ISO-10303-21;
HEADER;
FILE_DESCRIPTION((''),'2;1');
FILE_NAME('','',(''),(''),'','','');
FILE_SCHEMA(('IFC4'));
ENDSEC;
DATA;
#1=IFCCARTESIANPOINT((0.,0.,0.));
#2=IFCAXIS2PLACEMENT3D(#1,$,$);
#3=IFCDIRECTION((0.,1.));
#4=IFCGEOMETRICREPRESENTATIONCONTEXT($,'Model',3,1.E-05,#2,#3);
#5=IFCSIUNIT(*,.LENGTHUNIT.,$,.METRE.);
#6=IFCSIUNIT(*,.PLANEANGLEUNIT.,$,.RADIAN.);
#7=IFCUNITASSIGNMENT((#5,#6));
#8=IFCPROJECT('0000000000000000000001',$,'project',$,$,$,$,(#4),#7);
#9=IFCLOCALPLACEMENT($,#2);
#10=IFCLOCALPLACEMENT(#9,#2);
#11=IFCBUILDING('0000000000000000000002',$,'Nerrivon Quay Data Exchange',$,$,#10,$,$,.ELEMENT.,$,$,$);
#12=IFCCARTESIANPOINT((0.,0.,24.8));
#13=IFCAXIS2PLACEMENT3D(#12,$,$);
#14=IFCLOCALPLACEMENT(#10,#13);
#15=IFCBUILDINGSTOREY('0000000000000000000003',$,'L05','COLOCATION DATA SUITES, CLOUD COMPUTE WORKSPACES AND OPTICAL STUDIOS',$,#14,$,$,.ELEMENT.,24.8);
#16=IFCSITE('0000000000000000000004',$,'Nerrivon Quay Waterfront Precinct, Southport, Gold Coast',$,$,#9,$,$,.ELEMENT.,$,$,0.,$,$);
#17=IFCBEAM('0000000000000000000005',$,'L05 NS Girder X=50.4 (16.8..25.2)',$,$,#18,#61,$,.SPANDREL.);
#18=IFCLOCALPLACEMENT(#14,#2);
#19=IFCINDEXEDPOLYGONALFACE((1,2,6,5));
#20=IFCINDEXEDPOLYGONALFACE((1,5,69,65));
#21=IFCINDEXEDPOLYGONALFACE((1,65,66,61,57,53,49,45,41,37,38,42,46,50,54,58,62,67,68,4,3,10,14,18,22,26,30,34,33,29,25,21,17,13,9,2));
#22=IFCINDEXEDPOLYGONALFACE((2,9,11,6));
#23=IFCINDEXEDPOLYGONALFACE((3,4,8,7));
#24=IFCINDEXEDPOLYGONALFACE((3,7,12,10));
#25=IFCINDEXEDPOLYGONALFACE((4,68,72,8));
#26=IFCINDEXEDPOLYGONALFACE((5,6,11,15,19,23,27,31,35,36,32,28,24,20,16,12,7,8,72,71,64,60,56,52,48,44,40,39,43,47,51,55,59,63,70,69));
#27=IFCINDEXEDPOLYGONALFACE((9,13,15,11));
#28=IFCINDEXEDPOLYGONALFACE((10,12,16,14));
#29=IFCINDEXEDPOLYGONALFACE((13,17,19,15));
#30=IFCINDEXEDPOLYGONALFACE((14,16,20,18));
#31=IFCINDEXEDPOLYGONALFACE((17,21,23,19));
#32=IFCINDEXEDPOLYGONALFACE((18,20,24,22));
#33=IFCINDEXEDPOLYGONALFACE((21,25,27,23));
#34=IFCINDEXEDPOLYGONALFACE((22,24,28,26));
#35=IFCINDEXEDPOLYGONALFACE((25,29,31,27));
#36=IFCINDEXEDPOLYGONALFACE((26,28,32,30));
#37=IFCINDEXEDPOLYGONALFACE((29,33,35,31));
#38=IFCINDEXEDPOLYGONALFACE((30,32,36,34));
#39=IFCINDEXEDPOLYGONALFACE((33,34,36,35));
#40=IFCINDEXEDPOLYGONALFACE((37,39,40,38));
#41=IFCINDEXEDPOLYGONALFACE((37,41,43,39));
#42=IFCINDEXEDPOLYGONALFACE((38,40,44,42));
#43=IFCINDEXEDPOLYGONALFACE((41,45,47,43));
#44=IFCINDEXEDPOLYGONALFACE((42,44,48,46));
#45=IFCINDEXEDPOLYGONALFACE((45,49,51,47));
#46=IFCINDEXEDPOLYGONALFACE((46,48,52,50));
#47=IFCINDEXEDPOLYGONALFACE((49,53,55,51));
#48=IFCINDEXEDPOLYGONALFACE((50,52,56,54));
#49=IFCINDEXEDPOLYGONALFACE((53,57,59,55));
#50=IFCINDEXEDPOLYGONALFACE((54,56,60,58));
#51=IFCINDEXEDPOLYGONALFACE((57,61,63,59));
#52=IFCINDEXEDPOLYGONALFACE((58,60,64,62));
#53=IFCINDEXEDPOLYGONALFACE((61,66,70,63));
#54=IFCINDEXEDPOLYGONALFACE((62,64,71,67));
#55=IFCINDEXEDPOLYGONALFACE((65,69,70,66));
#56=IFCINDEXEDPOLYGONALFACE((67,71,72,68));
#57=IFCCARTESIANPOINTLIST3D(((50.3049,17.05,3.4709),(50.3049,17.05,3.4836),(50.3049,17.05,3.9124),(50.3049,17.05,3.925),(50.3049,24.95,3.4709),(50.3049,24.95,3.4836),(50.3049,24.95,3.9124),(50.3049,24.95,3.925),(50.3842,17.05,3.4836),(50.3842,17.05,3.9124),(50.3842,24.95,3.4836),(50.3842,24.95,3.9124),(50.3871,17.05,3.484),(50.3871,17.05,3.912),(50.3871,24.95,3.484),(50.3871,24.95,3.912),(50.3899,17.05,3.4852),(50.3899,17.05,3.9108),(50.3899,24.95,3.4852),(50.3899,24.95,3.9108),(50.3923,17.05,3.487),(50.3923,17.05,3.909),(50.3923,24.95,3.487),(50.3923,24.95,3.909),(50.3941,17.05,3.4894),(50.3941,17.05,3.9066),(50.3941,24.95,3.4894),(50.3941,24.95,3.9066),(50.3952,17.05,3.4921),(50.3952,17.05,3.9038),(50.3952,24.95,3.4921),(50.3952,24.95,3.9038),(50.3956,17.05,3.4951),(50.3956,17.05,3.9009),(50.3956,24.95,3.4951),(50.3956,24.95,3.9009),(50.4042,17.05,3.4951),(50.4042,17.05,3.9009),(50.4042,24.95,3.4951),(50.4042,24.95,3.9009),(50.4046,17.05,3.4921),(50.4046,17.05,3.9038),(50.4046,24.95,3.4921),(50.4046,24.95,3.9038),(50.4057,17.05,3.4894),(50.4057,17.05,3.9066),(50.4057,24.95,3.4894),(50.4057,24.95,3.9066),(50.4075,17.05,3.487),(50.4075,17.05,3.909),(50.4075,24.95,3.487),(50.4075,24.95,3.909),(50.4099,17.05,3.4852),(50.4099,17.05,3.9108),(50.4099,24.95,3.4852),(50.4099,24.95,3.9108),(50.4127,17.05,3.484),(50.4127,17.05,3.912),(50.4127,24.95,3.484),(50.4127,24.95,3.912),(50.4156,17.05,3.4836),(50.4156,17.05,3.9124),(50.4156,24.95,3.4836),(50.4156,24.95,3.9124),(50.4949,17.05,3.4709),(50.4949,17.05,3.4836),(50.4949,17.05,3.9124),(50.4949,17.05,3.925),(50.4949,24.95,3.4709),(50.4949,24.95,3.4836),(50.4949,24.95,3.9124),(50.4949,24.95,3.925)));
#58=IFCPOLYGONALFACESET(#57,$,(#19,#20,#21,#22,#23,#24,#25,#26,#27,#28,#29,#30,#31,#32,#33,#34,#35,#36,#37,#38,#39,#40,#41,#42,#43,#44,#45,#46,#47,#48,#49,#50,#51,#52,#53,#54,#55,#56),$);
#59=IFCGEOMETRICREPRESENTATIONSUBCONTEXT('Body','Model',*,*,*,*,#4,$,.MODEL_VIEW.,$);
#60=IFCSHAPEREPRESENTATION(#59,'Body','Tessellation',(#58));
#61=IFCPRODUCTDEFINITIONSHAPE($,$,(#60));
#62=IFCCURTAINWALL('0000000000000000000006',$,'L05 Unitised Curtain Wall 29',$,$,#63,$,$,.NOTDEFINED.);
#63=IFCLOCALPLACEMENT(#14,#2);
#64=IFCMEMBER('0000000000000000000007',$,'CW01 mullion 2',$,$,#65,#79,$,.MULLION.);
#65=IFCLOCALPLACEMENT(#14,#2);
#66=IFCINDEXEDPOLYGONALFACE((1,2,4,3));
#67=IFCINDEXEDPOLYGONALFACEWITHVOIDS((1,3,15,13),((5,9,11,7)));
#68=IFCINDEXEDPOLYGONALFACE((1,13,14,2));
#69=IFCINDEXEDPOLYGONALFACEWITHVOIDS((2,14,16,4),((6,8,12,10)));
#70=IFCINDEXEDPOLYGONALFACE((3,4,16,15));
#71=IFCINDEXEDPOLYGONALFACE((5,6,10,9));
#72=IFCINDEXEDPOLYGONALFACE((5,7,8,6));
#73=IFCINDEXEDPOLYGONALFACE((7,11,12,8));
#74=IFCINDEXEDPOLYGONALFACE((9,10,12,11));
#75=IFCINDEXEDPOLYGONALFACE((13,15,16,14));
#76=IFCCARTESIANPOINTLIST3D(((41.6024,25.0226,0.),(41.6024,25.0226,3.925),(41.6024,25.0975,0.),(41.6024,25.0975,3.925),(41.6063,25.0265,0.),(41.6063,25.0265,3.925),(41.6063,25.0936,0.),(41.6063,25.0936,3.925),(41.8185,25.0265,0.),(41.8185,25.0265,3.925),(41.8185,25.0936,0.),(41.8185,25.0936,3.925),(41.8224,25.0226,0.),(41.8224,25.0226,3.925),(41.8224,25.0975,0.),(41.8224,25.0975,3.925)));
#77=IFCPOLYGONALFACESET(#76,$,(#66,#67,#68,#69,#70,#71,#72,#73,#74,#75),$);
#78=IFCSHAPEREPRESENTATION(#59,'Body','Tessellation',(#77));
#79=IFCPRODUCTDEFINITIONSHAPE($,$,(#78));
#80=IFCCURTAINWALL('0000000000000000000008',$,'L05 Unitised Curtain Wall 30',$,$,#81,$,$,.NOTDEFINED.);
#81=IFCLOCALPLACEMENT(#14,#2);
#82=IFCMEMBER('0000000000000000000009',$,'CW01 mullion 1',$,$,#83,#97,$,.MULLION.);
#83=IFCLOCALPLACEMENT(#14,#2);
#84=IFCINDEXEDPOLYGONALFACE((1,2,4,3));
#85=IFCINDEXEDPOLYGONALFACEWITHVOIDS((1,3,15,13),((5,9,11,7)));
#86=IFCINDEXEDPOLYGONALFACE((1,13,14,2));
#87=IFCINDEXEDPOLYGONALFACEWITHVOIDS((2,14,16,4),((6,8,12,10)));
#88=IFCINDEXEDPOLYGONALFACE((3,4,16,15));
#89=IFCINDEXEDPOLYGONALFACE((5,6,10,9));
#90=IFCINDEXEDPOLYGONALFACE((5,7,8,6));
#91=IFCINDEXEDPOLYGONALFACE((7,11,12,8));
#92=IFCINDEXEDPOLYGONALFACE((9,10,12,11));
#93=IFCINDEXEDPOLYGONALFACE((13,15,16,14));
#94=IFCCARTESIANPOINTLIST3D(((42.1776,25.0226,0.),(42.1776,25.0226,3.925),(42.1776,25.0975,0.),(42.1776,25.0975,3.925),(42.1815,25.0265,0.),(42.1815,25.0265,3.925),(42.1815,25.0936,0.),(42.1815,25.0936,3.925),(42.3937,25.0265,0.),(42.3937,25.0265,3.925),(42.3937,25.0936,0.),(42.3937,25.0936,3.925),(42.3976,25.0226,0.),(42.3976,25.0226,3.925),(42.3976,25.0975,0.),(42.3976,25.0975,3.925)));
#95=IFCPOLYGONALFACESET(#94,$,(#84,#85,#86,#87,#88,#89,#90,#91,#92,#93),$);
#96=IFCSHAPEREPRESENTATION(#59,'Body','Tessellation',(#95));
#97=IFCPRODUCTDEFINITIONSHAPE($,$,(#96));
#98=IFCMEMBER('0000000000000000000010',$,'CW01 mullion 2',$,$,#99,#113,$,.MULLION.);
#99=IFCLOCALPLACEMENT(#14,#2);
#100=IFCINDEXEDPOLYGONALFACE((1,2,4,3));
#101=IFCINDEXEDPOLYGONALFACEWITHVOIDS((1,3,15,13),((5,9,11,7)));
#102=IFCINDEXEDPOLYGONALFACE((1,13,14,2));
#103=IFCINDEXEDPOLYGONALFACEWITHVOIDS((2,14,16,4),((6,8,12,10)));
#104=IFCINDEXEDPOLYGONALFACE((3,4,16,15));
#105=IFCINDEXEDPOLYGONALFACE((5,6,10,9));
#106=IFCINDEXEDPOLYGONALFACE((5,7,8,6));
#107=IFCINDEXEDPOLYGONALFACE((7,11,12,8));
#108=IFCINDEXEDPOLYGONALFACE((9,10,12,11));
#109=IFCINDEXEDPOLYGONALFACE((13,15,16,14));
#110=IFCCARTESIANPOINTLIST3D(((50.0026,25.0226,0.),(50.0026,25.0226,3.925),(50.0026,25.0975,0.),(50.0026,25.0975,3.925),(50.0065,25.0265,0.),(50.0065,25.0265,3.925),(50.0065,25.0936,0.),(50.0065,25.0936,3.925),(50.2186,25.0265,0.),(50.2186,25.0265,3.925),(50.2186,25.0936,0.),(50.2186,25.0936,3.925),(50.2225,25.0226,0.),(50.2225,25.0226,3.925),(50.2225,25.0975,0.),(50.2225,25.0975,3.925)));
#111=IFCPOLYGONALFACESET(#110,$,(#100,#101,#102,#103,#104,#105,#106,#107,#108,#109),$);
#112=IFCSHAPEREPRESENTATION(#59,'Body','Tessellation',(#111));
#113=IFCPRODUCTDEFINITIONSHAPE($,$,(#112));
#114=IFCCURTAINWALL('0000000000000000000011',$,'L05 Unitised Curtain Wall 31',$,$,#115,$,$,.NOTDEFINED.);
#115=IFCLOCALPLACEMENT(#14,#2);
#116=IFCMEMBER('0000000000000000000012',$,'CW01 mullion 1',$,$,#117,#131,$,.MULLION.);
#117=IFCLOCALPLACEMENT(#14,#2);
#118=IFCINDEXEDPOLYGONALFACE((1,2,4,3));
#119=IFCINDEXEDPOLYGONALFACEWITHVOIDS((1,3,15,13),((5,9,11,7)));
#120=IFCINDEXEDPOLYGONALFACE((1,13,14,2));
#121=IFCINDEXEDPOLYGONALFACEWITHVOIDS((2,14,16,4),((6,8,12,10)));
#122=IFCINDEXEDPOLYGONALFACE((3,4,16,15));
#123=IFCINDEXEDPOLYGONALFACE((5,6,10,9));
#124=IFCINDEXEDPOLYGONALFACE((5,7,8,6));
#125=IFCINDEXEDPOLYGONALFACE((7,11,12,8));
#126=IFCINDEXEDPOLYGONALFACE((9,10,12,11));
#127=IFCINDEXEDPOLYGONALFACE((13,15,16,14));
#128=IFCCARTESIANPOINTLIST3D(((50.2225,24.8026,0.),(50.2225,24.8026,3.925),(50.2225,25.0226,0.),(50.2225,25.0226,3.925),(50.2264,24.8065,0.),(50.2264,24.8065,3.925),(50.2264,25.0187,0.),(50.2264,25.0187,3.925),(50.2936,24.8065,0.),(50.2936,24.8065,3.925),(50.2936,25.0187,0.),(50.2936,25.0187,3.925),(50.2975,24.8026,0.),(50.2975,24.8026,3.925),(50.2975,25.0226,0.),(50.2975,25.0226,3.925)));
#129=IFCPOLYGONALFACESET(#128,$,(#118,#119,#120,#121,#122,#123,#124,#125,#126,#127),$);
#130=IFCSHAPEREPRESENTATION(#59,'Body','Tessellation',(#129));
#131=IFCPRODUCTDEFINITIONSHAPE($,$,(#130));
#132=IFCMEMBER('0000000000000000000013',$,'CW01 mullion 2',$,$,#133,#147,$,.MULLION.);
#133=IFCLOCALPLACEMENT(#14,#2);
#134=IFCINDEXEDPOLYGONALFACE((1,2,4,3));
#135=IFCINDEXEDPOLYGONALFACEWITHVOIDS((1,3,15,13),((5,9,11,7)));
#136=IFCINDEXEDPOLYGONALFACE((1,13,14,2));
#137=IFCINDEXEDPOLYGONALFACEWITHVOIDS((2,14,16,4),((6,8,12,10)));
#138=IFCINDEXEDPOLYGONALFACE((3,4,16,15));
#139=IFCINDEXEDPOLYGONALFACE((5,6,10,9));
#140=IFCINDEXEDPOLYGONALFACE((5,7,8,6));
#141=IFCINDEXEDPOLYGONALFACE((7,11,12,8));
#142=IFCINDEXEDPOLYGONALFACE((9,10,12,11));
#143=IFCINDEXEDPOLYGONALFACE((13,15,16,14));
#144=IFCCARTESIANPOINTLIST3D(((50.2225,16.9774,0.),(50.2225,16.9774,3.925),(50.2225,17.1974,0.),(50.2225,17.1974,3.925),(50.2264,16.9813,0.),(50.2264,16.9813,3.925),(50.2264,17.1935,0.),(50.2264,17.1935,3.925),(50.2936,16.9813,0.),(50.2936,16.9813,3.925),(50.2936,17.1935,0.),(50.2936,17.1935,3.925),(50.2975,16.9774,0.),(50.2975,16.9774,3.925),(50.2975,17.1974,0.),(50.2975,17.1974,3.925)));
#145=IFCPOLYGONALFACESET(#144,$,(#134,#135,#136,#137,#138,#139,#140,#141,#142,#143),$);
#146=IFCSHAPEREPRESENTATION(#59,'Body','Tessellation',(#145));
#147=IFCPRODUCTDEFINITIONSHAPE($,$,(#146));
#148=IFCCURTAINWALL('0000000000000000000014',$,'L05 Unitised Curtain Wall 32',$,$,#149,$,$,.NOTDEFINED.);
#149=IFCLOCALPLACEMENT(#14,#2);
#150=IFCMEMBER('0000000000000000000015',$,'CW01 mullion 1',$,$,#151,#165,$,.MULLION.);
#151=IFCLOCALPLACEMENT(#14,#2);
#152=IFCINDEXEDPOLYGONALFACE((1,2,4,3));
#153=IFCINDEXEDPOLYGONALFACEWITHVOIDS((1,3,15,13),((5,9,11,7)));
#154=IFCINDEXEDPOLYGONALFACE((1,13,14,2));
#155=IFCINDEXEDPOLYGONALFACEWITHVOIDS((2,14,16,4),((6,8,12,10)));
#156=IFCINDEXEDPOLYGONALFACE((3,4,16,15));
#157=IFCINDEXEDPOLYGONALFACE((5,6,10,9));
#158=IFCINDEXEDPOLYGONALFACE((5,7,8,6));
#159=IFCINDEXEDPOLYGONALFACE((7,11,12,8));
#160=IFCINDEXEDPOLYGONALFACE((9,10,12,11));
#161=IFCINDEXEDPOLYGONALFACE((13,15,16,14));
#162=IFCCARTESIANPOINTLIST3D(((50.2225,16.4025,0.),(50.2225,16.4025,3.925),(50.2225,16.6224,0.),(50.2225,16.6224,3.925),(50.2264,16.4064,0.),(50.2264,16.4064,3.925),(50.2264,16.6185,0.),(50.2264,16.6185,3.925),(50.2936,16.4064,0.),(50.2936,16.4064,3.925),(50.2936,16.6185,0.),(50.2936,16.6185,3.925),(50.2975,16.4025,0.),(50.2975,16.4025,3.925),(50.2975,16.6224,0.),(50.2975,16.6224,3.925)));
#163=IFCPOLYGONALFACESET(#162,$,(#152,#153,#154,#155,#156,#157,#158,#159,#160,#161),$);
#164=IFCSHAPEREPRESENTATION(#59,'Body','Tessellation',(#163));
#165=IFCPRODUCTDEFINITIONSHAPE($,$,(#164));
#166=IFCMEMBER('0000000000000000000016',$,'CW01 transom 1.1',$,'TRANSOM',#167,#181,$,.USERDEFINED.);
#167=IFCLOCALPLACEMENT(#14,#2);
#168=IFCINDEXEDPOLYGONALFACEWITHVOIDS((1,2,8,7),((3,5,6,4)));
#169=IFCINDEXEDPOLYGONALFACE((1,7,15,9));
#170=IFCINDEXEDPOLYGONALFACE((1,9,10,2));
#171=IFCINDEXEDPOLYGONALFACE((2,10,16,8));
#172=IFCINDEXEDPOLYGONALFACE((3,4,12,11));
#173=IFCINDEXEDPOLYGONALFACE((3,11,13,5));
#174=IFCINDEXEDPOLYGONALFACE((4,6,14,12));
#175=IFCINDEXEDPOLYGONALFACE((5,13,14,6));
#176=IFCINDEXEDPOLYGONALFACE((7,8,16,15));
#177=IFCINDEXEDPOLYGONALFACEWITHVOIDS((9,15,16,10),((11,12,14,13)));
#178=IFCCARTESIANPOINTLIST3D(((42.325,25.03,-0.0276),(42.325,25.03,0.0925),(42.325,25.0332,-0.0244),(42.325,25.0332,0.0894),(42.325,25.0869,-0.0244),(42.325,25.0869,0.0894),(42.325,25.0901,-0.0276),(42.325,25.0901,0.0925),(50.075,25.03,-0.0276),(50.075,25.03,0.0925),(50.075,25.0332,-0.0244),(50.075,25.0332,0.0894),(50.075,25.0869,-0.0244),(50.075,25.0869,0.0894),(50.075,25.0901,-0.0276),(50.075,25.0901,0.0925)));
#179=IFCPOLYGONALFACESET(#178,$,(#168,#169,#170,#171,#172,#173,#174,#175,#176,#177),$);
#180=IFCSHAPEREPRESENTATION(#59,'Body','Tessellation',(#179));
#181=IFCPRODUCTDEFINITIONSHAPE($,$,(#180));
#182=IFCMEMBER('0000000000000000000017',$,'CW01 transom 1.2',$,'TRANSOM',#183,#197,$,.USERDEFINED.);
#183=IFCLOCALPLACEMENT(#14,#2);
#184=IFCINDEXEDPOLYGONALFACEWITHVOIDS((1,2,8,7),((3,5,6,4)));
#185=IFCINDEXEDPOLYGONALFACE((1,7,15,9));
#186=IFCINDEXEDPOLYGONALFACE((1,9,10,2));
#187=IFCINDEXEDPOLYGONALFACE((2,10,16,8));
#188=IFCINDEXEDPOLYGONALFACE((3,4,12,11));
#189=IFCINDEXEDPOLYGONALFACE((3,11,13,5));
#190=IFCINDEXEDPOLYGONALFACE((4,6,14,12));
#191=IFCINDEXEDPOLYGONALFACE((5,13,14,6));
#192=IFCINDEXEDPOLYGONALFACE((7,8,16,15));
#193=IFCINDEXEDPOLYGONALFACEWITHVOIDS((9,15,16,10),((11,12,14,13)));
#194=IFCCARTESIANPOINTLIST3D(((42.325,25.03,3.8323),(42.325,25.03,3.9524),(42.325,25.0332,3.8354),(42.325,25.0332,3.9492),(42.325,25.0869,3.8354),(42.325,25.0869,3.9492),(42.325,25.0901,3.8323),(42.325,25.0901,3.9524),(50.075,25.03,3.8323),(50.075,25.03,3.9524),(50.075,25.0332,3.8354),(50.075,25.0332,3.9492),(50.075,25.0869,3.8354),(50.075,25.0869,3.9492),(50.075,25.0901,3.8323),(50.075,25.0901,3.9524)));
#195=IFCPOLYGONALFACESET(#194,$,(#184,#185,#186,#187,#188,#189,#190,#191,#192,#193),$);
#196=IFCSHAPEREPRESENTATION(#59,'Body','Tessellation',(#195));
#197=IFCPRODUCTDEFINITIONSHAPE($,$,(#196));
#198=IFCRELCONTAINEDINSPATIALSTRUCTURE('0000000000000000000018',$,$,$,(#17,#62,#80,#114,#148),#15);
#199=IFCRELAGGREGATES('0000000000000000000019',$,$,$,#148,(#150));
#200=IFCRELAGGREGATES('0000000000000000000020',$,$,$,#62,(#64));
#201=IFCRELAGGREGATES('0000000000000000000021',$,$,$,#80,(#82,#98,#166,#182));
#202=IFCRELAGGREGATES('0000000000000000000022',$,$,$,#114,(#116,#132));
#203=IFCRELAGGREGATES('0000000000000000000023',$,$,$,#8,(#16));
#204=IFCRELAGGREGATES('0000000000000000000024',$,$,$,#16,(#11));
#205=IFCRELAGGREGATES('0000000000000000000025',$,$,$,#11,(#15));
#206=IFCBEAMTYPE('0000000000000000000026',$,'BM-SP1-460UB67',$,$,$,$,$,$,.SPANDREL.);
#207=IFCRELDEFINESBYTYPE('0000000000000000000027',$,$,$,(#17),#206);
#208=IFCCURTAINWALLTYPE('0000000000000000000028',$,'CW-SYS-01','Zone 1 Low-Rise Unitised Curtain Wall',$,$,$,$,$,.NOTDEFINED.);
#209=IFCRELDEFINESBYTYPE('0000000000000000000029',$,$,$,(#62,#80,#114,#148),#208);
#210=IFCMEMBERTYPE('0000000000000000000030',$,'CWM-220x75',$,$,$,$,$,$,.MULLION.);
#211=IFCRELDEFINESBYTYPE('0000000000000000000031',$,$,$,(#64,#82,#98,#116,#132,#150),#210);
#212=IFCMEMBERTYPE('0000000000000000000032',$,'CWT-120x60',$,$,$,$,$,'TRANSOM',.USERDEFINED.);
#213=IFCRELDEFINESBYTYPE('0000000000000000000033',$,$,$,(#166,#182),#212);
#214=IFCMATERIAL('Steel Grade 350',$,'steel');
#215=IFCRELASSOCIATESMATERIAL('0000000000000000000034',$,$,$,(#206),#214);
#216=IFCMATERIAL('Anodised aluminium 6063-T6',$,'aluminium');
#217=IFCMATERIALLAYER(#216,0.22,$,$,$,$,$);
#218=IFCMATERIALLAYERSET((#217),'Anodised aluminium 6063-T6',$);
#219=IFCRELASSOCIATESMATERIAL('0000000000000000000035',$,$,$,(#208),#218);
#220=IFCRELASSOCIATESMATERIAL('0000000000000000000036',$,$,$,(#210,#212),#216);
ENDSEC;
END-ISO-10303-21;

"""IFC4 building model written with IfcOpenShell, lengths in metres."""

from ifc_helpers import new_model, si_unit, direction, frame, origin, origin_2d, place, context, subcontext, project, spatial, hollow_rectangle, i_section, extrude, material, layer, layer_set, material_profile, profile_set, type_object, element, aggregate, save


model = new_model("IFC4")

# Units and contexts
model_context = context("Model", 3, precision=1e-05, world=origin(), true_north=direction((0.0, 1.0)))
body_context = subcontext(model_context, "Body", "Model", "MODEL_VIEW")
ifc_project = project(units=[si_unit("LENGTHUNIT", "METRE"), si_unit("PLANEANGLEUNIT", "RADIAN")], contexts=[model_context])

# Site, building, storey
site_placement = place(None, origin())
site = spatial("IfcSite", under=ifc_project, at=site_placement, Name="Nerrivon Quay Waterfront Precinct, Southport, Gold Coast", CompositionType="ELEMENT", RefElevation=0.0)
building_placement = place(site_placement, origin())
building = spatial("IfcBuilding", under=site, at=building_placement, Name="Nerrivon Quay Data Exchange", CompositionType="ELEMENT")
storey_placement = place(building_placement, frame((0.0, 0.0, 24.8)))
storey = spatial("IfcBuildingStorey", under=building, at=storey_placement, Name="L05", Description="COLOCATION DATA SUITES, CLOUD COMPUTE WORKSPACES AND OPTICAL STUDIOS", CompositionType="ELEMENT", Elevation=24.8)

# Shared definitions
ifc_material_1 = material(Name="Steel Grade 350", Category="steel")

# Beam
ifc_material_profile_1 = material_profile(ifc_material_1, i_section(OverallWidth=0.1899, OverallDepth=0.4541, WebThickness=0.0085, FlangeThickness=0.0127, FilletRadius=0.0115, at=origin_2d()), Name="460UB67.1")
ifc_profile_set_1 = profile_set([ifc_material_profile_1], Name="Steel Grade 350")
beam_type_1 = type_object("IfcBeamType", Name="BM-SP1-460UB67", PredefinedType="SPANDREL", material=ifc_profile_set_1)
beam_1_placement = place(storey_placement, frame((50.3999, 17.05, 3.698), z_axis=(0.0, 1.0, 0.0), x_axis=(-1.0, 0.0, 0.0)))
element("IfcBeam", 1, at=beam_1_placement, inside=storey, type_object=beam_type_1, Name="L05 NS Girder X=50.4 (16.8..25.2)", PredefinedType="SPANDREL", context=body_context, shape_type="SweptSolid", body=[
    extrude(i_section(OverallWidth=0.1899, OverallDepth=0.4541, WebThickness=0.0085, FlangeThickness=0.0127, FilletRadius=0.0115, at=origin_2d()), origin(), (0.0, 0.0, 1.0), 7.8999),
])

# Curtain wall, member
ifc_material_2 = material(Name="Anodised aluminium 6063-T6", Category="aluminium")
ifc_layer_1 = layer(ifc_material_2, 0.22)
ifc_layer_set_1 = layer_set([ifc_layer_1], Name="Anodised aluminium 6063-T6")
curtain_wall_type = type_object("IfcCurtainWallType", Name="CW-SYS-01", Description="Zone 1 Low-Rise Unitised Curtain Wall", PredefinedType="NOTDEFINED", material=ifc_layer_set_1)
curtain_wall_1_placement = place(storey_placement, origin())
curtain_wall_1 = element("IfcCurtainWall", 2, at=curtain_wall_1_placement, inside=storey, type_object=curtain_wall_type, Name="L05 Unitised Curtain Wall 29", PredefinedType="NOTDEFINED")
ifc_material_profile_2 = material_profile(ifc_material_2, hollow_rectangle(XDim=0.075, YDim=0.22, WallThickness=0.0039, at=origin_2d()), Name="ALU-MULL-220x75")
ifc_profile_set_2 = profile_set([ifc_material_profile_2], Name="Anodised aluminium 6063-T6")
member_type_1 = type_object("IfcMemberType", Name="CWM-220x75", PredefinedType="MULLION", material=ifc_profile_set_2)
member_1_placement = place(storey_placement, frame((41.7124, 25.0601, 0.0), z_axis=(0.0, 0.0, 1.0), x_axis=(0.0, 1.0, 0.0)))
member_1 = element("IfcMember", 3, at=member_1_placement, type_object=member_type_1, Name="CW01 mullion 2", PredefinedType="MULLION", context=body_context, shape_type="SweptSolid", body=[
    extrude(hollow_rectangle(XDim=0.075, YDim=0.22, WallThickness=0.0039, at=origin_2d()), origin(), (0.0, 0.0, 1.0), 3.925),
])

# Curtain walls, members
curtain_wall_2_placement = place(storey_placement, origin())
curtain_wall_2 = element("IfcCurtainWall", 4, at=curtain_wall_2_placement, inside=storey, type_object=curtain_wall_type, Name="L05 Unitised Curtain Wall 30", PredefinedType="NOTDEFINED")
member_2_placement = place(storey_placement, frame((42.2876, 25.0601, 0.0), z_axis=(0.0, 0.0, 1.0), x_axis=(0.0, 1.0, 0.0)))
member_2 = element("IfcMember", 5, at=member_2_placement, type_object=member_type_1, Name="CW01 mullion 1", PredefinedType="MULLION", context=body_context, shape_type="SweptSolid", body=[
    extrude(hollow_rectangle(XDim=0.075, YDim=0.22, WallThickness=0.0039, at=origin_2d()), origin(), (0.0, 0.0, 1.0), 3.925),
])
member_3_placement = place(storey_placement, frame((50.1125, 25.0601, 0.0), z_axis=(0.0, 0.0, 1.0), x_axis=(0.0, 1.0, 0.0)))
member_3 = element("IfcMember", 6, at=member_3_placement, type_object=member_type_1, Name="CW01 mullion 2", PredefinedType="MULLION", context=body_context, shape_type="SweptSolid", body=[
    extrude(hollow_rectangle(XDim=0.075, YDim=0.22, WallThickness=0.0039, at=origin_2d()), origin(), (0.0, 0.0, 1.0), 3.925),
])
curtain_wall_3_placement = place(storey_placement, origin())
curtain_wall_3 = element("IfcCurtainWall", 7, at=curtain_wall_3_placement, inside=storey, type_object=curtain_wall_type, Name="L05 Unitised Curtain Wall 31", PredefinedType="NOTDEFINED")
member_4_placement = place(storey_placement, frame((50.26, 24.9126, 0.0), z_axis=(0.0, 0.0, 1.0), x_axis=(1.0, 0.0, 0.0)))
member_4 = element("IfcMember", 8, at=member_4_placement, type_object=member_type_1, Name="CW01 mullion 1", PredefinedType="MULLION", context=body_context, shape_type="SweptSolid", body=[
    extrude(hollow_rectangle(XDim=0.075, YDim=0.22, WallThickness=0.0039, at=origin_2d()), origin(), (0.0, 0.0, 1.0), 3.925),
])
member_5_placement = place(storey_placement, frame((50.26, 17.0874, 0.0), z_axis=(0.0, 0.0, 1.0), x_axis=(1.0, 0.0, 0.0)))
member_5 = element("IfcMember", 9, at=member_5_placement, type_object=member_type_1, Name="CW01 mullion 2", PredefinedType="MULLION", context=body_context, shape_type="SweptSolid", body=[
    extrude(hollow_rectangle(XDim=0.075, YDim=0.22, WallThickness=0.0039, at=origin_2d()), origin(), (0.0, 0.0, 1.0), 3.925),
])

# Curtain wall, member
curtain_wall_4_placement = place(storey_placement, origin())
curtain_wall_4 = element("IfcCurtainWall", 10, at=curtain_wall_4_placement, inside=storey, type_object=curtain_wall_type, Name="L05 Unitised Curtain Wall 32", PredefinedType="NOTDEFINED")
member_6_placement = place(storey_placement, frame((50.26, 16.5125, 0.0), z_axis=(0.0, 0.0, 1.0), x_axis=(1.0, 0.0, 0.0)))
member_6 = element("IfcMember", 11, at=member_6_placement, type_object=member_type_1, Name="CW01 mullion 1", PredefinedType="MULLION", context=body_context, shape_type="SweptSolid", body=[
    extrude(hollow_rectangle(XDim=0.075, YDim=0.22, WallThickness=0.0039, at=origin_2d()), origin(), (0.0, 0.0, 1.0), 3.925),
])

# Members
ifc_material_profile_3 = material_profile(ifc_material_2, hollow_rectangle(XDim=0.0601, YDim=0.1201, WallThickness=0.0032, at=origin_2d()), Name="ALU-TRAN-120x60")
ifc_profile_set_3 = profile_set([ifc_material_profile_3], Name="Anodised aluminium 6063-T6")
member_type_2 = type_object("IfcMemberType", Name="CWT-120x60", ElementType="TRANSOM", PredefinedType="USERDEFINED", material=ifc_profile_set_3)
member_7_placement = place(storey_placement, frame((42.325, 25.0601, 0.0325), z_axis=(1.0, 0.0, 0.0), x_axis=(0.0, 1.0, 0.0)))
member_7 = element("IfcMember", 12, at=member_7_placement, type_object=member_type_2, Name="CW01 transom 1.1", ObjectType="TRANSOM", PredefinedType="USERDEFINED", context=body_context, shape_type="SweptSolid", body=[
    extrude(hollow_rectangle(XDim=0.0601, YDim=0.1201, WallThickness=0.0032, at=origin_2d()), origin(), (0.0, 0.0, 1.0), 7.75),
])
member_8_placement = place(storey_placement, frame((42.325, 25.0601, 3.8923), z_axis=(1.0, 0.0, 0.0), x_axis=(0.0, 1.0, 0.0)))
member_8 = element("IfcMember", 13, at=member_8_placement, type_object=member_type_2, Name="CW01 transom 1.2", ObjectType="TRANSOM", PredefinedType="USERDEFINED", context=body_context, shape_type="SweptSolid", body=[
    extrude(hollow_rectangle(XDim=0.0601, YDim=0.1201, WallThickness=0.0032, at=origin_2d()), origin(), (0.0, 0.0, 1.0), 7.75),
])
aggregate(curtain_wall_4, [member_6])

aggregate(curtain_wall_1, [member_1])
aggregate(curtain_wall_2, [member_2, member_3, member_7, member_8])
aggregate(curtain_wall_3, [member_4, member_5])

save(model, "model.ifc")
